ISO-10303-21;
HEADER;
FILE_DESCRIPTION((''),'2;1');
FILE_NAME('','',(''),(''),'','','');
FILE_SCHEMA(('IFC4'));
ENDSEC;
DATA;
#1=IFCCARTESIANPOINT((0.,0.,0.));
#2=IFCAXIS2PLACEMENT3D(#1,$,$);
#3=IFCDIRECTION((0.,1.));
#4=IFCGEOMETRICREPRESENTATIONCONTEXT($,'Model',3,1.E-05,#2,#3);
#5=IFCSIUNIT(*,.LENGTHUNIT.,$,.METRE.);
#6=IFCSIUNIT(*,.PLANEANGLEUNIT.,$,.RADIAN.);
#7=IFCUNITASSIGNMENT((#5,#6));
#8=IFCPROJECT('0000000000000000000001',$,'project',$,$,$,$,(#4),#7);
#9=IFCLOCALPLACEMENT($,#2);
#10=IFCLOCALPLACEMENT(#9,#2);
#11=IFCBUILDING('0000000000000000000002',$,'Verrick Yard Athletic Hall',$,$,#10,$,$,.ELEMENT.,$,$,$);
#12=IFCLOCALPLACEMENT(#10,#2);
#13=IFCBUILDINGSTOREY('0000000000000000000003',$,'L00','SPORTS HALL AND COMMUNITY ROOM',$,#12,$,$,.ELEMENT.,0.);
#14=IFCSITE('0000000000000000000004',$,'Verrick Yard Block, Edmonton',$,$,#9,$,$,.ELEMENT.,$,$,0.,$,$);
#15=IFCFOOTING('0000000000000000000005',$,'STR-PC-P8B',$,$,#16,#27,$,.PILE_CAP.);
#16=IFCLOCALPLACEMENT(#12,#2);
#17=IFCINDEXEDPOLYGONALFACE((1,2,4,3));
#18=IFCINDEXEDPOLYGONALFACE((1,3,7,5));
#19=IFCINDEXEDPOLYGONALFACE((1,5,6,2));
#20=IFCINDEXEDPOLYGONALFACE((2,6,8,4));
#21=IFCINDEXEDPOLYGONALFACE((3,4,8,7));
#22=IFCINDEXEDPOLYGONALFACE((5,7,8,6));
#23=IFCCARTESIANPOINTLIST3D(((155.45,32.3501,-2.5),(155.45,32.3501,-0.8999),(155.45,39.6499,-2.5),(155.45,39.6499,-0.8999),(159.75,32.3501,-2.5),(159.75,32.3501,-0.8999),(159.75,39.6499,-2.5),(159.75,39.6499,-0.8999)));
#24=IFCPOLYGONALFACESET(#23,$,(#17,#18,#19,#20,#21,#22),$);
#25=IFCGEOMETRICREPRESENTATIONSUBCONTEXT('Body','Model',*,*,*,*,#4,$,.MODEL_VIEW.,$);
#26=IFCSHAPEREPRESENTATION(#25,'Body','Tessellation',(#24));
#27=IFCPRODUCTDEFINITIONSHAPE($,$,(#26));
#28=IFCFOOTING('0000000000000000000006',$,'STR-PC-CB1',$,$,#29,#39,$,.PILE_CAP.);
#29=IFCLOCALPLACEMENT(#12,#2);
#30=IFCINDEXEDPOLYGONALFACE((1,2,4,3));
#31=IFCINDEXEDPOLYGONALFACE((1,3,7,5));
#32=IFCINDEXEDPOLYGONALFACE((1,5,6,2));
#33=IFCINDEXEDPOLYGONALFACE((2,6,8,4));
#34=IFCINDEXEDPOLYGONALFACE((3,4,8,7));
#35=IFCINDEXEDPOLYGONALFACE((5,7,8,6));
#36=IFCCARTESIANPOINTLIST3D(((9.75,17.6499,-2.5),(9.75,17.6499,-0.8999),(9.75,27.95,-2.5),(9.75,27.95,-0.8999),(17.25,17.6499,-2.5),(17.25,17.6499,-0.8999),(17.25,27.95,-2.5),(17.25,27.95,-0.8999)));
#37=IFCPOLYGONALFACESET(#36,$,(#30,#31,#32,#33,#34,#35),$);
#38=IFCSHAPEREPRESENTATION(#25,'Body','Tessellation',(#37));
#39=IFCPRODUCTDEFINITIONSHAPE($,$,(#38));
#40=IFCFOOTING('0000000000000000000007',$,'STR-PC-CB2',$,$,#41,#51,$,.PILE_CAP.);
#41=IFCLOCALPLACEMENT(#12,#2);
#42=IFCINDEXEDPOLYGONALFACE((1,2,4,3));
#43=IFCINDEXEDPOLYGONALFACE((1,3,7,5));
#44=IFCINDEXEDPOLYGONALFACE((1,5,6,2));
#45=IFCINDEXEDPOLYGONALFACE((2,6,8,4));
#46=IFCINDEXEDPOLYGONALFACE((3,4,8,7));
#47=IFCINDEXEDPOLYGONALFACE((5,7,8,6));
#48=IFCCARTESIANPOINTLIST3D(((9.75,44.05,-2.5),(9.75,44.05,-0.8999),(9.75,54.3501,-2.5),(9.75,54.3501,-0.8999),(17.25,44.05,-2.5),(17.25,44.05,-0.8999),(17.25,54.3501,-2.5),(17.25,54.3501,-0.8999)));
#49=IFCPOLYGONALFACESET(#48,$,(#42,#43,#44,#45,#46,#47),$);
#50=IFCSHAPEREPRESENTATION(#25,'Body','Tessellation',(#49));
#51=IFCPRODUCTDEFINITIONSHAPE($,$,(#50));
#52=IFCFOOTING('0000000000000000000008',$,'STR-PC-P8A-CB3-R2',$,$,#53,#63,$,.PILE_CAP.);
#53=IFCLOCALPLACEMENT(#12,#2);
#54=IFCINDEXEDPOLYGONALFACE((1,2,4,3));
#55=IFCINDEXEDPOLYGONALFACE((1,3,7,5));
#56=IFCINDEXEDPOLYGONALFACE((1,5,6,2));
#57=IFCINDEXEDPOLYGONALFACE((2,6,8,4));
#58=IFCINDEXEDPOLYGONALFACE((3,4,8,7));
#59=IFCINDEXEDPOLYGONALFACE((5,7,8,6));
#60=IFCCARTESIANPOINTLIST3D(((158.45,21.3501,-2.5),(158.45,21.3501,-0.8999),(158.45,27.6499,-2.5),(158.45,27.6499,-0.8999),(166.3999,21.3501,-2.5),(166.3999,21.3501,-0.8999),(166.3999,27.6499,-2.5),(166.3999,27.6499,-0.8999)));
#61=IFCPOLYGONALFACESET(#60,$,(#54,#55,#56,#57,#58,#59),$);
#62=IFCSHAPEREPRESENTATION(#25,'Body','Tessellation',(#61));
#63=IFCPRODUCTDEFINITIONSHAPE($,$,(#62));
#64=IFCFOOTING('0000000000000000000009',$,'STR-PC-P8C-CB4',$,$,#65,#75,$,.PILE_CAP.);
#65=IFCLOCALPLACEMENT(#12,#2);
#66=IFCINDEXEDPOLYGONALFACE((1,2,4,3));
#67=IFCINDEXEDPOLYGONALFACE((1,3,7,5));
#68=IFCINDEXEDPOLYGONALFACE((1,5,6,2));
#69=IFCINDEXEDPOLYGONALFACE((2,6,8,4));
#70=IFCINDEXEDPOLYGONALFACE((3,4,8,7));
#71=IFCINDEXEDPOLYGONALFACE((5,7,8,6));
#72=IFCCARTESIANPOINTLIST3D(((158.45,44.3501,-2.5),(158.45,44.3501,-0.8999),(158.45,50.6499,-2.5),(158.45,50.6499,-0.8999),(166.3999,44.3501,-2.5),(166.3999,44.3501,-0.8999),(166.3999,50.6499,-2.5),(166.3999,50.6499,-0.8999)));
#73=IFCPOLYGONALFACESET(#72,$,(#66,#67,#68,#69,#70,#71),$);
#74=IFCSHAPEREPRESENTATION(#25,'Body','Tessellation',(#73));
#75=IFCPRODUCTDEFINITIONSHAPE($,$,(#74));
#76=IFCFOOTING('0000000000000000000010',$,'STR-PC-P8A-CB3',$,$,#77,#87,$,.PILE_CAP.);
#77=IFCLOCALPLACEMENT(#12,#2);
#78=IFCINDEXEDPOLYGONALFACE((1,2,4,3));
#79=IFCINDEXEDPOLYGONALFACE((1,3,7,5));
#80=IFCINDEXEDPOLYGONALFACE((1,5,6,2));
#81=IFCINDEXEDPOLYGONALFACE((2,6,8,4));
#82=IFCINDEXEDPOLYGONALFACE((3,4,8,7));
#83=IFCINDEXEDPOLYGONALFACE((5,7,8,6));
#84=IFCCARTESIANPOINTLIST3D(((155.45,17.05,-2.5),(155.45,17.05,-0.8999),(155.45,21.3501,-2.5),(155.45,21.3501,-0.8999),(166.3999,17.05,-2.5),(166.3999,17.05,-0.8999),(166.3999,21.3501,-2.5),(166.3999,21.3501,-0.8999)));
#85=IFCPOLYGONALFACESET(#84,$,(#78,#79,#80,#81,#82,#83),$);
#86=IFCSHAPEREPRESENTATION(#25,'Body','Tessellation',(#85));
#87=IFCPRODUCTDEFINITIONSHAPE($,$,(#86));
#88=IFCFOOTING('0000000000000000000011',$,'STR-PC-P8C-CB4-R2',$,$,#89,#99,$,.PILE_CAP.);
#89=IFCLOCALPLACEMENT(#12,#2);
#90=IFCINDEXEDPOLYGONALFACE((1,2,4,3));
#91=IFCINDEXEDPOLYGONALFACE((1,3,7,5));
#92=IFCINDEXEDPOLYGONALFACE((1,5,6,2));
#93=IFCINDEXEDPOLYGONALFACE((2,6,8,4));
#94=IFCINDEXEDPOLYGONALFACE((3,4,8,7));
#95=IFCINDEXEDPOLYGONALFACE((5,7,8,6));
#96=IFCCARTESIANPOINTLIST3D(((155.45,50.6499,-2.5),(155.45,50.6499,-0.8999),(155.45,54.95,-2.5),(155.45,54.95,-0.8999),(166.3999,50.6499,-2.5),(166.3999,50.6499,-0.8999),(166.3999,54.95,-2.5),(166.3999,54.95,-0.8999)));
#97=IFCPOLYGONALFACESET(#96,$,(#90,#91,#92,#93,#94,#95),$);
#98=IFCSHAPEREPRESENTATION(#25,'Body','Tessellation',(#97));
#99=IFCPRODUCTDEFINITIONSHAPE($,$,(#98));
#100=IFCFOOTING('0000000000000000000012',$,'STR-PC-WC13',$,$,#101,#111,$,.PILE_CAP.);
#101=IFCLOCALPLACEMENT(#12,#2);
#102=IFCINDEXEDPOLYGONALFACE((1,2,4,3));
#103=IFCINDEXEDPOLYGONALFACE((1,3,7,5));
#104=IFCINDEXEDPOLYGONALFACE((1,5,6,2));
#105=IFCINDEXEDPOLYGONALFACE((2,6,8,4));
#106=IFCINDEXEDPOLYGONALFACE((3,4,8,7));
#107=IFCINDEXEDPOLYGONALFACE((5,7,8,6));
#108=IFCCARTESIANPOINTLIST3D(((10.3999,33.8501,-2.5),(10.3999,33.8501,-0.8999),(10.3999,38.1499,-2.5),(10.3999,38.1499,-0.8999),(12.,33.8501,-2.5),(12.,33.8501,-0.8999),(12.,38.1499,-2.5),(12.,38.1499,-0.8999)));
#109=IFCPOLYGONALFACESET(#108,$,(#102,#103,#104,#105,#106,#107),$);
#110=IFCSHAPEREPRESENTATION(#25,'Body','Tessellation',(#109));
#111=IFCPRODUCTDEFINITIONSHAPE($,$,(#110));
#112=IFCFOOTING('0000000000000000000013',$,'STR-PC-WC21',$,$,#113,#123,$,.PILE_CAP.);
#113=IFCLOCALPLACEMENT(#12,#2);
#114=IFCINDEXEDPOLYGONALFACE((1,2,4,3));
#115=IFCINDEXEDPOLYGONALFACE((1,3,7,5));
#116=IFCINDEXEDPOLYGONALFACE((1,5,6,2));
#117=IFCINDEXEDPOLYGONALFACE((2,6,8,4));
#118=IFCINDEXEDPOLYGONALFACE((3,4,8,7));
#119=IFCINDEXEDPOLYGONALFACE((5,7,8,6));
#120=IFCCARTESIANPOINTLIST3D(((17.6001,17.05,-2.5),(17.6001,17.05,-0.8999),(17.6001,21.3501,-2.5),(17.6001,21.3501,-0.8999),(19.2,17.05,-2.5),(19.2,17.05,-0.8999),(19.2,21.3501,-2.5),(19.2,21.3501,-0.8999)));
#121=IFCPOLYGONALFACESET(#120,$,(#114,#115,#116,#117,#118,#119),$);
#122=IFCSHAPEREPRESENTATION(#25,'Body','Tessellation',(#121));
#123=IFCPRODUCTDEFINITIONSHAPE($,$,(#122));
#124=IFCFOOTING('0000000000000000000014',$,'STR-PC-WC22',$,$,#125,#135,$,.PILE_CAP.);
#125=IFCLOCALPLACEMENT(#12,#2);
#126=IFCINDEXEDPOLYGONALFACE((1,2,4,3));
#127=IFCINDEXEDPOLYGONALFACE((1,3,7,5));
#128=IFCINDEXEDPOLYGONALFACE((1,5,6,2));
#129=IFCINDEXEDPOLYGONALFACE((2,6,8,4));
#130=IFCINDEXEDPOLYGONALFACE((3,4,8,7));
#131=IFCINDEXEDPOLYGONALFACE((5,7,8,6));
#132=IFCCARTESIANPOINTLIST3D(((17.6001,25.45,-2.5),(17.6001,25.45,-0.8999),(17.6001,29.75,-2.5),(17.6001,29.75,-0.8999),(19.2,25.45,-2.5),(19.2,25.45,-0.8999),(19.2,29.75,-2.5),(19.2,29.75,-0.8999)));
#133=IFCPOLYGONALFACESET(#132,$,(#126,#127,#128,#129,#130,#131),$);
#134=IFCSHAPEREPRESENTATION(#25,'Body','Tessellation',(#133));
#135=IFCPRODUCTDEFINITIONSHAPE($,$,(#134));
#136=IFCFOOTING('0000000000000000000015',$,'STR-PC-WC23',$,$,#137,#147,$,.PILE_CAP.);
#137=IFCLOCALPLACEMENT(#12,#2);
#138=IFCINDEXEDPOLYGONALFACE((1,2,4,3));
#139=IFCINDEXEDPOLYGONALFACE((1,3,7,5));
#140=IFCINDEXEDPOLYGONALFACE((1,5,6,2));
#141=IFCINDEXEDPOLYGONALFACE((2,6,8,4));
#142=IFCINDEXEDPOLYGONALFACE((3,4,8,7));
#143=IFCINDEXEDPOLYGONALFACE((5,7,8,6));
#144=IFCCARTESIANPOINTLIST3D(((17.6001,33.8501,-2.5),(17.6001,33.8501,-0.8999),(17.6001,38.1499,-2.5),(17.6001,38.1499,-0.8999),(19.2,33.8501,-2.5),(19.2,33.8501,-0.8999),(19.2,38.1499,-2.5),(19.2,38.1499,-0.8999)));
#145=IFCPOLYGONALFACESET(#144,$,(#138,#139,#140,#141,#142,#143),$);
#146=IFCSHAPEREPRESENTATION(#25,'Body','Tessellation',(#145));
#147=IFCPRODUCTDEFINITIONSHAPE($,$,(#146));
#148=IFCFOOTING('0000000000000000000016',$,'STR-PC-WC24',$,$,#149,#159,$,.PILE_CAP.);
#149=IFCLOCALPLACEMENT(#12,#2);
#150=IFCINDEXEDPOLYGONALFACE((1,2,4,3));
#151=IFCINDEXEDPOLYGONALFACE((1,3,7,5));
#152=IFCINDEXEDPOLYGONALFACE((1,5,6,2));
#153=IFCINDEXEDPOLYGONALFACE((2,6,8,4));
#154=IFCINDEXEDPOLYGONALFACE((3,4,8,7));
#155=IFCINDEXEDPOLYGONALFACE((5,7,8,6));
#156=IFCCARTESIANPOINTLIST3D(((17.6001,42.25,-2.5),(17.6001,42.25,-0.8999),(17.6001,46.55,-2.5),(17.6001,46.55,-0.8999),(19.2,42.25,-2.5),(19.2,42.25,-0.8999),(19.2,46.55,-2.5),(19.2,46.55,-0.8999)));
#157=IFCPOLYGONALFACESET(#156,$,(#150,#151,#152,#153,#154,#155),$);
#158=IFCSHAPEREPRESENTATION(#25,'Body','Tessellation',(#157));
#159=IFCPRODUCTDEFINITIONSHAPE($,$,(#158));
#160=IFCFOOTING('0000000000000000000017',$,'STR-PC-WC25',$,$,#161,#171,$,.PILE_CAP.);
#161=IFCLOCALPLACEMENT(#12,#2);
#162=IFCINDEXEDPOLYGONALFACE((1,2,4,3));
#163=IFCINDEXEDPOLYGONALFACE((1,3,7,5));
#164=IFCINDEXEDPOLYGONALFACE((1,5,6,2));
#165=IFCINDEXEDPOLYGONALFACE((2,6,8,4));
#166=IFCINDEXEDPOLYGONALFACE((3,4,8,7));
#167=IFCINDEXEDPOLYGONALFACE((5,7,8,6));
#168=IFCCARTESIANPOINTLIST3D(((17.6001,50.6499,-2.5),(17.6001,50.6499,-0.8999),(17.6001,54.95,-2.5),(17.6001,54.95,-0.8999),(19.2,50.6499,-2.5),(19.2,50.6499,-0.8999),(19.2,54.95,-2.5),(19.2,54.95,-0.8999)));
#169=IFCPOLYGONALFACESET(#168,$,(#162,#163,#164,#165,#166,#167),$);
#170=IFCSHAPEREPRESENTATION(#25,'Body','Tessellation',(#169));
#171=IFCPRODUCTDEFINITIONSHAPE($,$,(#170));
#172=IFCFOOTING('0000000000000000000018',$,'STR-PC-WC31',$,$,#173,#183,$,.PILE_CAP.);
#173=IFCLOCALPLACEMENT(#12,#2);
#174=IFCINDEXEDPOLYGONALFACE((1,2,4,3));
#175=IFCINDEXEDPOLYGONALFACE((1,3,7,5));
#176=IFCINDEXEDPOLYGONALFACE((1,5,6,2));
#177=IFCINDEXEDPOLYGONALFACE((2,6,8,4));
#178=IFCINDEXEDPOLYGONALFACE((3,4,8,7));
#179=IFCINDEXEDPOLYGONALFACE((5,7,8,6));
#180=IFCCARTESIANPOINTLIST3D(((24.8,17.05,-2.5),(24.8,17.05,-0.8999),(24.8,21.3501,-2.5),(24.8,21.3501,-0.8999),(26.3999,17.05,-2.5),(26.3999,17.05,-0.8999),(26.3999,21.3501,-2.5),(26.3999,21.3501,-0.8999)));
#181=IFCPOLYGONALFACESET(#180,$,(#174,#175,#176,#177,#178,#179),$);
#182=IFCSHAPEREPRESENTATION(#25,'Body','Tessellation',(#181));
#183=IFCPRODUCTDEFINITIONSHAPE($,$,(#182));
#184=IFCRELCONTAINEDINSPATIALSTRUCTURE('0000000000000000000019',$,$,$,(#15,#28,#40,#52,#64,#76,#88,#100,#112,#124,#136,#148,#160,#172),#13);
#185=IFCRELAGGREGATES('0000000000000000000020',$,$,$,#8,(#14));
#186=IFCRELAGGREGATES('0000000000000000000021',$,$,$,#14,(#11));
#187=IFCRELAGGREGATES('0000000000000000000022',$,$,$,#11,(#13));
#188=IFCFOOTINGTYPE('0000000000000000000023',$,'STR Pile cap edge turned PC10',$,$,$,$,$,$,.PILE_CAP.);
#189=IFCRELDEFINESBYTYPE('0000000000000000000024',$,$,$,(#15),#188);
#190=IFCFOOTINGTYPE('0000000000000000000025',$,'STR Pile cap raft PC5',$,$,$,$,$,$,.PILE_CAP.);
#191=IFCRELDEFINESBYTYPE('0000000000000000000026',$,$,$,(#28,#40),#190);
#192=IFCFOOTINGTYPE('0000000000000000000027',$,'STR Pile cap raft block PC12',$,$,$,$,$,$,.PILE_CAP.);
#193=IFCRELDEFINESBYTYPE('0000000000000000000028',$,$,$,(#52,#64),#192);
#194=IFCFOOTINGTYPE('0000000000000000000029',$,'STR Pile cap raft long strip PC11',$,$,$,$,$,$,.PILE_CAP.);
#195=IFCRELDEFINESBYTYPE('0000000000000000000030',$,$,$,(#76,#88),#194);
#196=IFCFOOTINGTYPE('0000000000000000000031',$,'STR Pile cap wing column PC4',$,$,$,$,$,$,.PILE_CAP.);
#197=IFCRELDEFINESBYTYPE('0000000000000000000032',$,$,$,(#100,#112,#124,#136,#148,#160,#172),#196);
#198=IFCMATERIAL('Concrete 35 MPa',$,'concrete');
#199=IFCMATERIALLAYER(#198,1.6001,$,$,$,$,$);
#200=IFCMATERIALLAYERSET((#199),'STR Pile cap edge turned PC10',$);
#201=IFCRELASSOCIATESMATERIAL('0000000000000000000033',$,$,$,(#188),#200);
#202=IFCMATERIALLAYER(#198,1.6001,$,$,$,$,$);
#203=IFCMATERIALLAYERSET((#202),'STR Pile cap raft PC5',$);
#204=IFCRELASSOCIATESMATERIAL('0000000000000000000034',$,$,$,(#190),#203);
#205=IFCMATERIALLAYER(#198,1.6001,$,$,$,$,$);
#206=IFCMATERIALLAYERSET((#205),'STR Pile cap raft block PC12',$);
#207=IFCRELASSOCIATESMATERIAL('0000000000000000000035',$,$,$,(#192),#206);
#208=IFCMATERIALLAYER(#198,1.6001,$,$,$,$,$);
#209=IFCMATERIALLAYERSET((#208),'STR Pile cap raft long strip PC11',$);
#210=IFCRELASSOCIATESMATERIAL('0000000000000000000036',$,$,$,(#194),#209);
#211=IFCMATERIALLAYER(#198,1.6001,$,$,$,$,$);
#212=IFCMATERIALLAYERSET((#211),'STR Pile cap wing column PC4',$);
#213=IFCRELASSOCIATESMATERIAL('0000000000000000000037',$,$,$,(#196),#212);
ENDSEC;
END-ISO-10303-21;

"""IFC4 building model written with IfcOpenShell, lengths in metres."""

from ifc_helpers import new_model, si_unit, direction, frame, origin, place, context, subcontext, project, spatial, polyline, outline, extrude, material, layer, layer_set, type_object, element, save


model = new_model("IFC4")

# Units and contexts
model_context = context("Model", 3, precision=1e-05, world=origin(), true_north=direction((0.0, 1.0)))
body_context = subcontext(model_context, "Body", "Model", "MODEL_VIEW")
ifc_project = project(units=[si_unit("LENGTHUNIT", "METRE"), si_unit("PLANEANGLEUNIT", "RADIAN")], contexts=[model_context])

# Site, building, storey
site_placement = place(None, origin())
site = spatial("IfcSite", under=ifc_project, at=site_placement, Name="Verrick Yard Block, Edmonton", CompositionType="ELEMENT", RefElevation=0.0)
building_placement = place(site_placement, origin())
building = spatial("IfcBuilding", under=site, at=building_placement, Name="Verrick Yard Athletic Hall", CompositionType="ELEMENT")
storey_placement = place(building_placement, origin())
storey = spatial("IfcBuildingStorey", under=building, at=storey_placement, Name="L00", Description="SPORTS HALL AND COMMUNITY ROOM", CompositionType="ELEMENT", Elevation=0.0)

# Footings
ifc_material = material(Name="Concrete 35 MPa", Category="concrete")
ifc_layer_1 = layer(ifc_material, 1.6001)
ifc_layer_set_1 = layer_set([ifc_layer_1], Name="STR Pile cap edge turned PC10")
footing_type_1 = type_object("IfcFootingType", Name="STR Pile cap edge turned PC10", PredefinedType="PILE_CAP", material=ifc_layer_set_1)
footing_1_placement = place(storey_placement, frame((0.0, 0.0, -2.5)))
element("IfcFooting", 1, at=footing_1_placement, inside=storey, type_object=footing_type_1, Name="STR-PC-P8B", PredefinedType="PILE_CAP", context=body_context, shape_type="SweptSolid", body=[
    extrude(outline(polyline([(155.45, 32.3501), (159.75, 32.3501), (159.75, 39.6499), (155.45, 39.6499), (155.45, 32.3501)])), origin(), (0.0, 0.0, 1.0), 1.6001),
])
ifc_layer_2 = layer(ifc_material, 1.6001)
ifc_layer_set_2 = layer_set([ifc_layer_2], Name="STR Pile cap raft PC5")
footing_type_2 = type_object("IfcFootingType", Name="STR Pile cap raft PC5", PredefinedType="PILE_CAP", material=ifc_layer_set_2)
footing_2_placement = place(storey_placement, frame((0.0, 0.0, -2.5)))
element("IfcFooting", 2, at=footing_2_placement, inside=storey, type_object=footing_type_2, Name="STR-PC-CB1", PredefinedType="PILE_CAP", context=body_context, shape_type="SweptSolid", body=[
    extrude(outline(polyline([(9.75, 17.6499), (17.25, 17.6499), (17.25, 27.95), (9.75, 27.95), (9.75, 17.6499)])), origin(), (0.0, 0.0, 1.0), 1.6001),
])
footing_3_placement = place(storey_placement, frame((0.0, 0.0, -2.5)))
element("IfcFooting", 3, at=footing_3_placement, inside=storey, type_object=footing_type_2, Name="STR-PC-CB2", PredefinedType="PILE_CAP", context=body_context, shape_type="SweptSolid", body=[
    extrude(outline(polyline([(9.75, 44.05), (17.25, 44.05), (17.25, 54.3501), (9.75, 54.3501), (9.75, 44.05)])), origin(), (0.0, 0.0, 1.0), 1.6001),
])
ifc_layer_3 = layer(ifc_material, 1.6001)
ifc_layer_set_3 = layer_set([ifc_layer_3], Name="STR Pile cap raft block PC12")
footing_type_3 = type_object("IfcFootingType", Name="STR Pile cap raft block PC12", PredefinedType="PILE_CAP", material=ifc_layer_set_3)
footing_4_placement = place(storey_placement, frame((0.0, 0.0, -2.5)))
element("IfcFooting", 4, at=footing_4_placement, inside=storey, type_object=footing_type_3, Name="STR-PC-P8A-CB3-R2", PredefinedType="PILE_CAP", context=body_context, shape_type="SweptSolid", body=[
    extrude(outline(polyline([(158.45, 21.3501), (166.3999, 21.3501), (166.3999, 27.6499), (158.45, 27.6499), (158.45, 21.3501)])), origin(), (0.0, 0.0, 1.0), 1.6001),
])
footing_5_placement = place(storey_placement, frame((0.0, 0.0, -2.5)))
element("IfcFooting", 5, at=footing_5_placement, inside=storey, type_object=footing_type_3, Name="STR-PC-P8C-CB4", PredefinedType="PILE_CAP", context=body_context, shape_type="SweptSolid", body=[
    extrude(outline(polyline([(158.45, 44.3501), (166.3999, 44.3501), (166.3999, 50.6499), (158.45, 50.6499), (158.45, 44.3501)])), origin(), (0.0, 0.0, 1.0), 1.6001),
])
ifc_layer_4 = layer(ifc_material, 1.6001)
ifc_layer_set_4 = layer_set([ifc_layer_4], Name="STR Pile cap raft long strip PC11")
footing_type_4 = type_object("IfcFootingType", Name="STR Pile cap raft long strip PC11", PredefinedType="PILE_CAP", material=ifc_layer_set_4)
footing_6_placement = place(storey_placement, frame((0.0, 0.0, -2.5)))
element("IfcFooting", 6, at=footing_6_placement, inside=storey, type_object=footing_type_4, Name="STR-PC-P8A-CB3", PredefinedType="PILE_CAP", context=body_context, shape_type="SweptSolid", body=[
    extrude(outline(polyline([(155.45, 17.05), (166.3999, 17.05), (166.3999, 21.3501), (155.45, 21.3501), (155.45, 17.05)])), origin(), (0.0, 0.0, 1.0), 1.6001),
])
footing_7_placement = place(storey_placement, frame((0.0, 0.0, -2.5)))
element("IfcFooting", 7, at=footing_7_placement, inside=storey, type_object=footing_type_4, Name="STR-PC-P8C-CB4-R2", PredefinedType="PILE_CAP", context=body_context, shape_type="SweptSolid", body=[
    extrude(outline(polyline([(155.45, 50.6499), (166.3999, 50.6499), (166.3999, 54.95), (155.45, 54.95), (155.45, 50.6499)])), origin(), (0.0, 0.0, 1.0), 1.6001),
])
ifc_layer_5 = layer(ifc_material, 1.6001)
ifc_layer_set_5 = layer_set([ifc_layer_5], Name="STR Pile cap wing column PC4")
footing_type_5 = type_object("IfcFootingType", Name="STR Pile cap wing column PC4", PredefinedType="PILE_CAP", material=ifc_layer_set_5)
footing_8_placement = place(storey_placement, frame((0.0, 0.0, -2.5)))
element("IfcFooting", 8, at=footing_8_placement, inside=storey, type_object=footing_type_5, Name="STR-PC-WC13", PredefinedType="PILE_CAP", context=body_context, shape_type="SweptSolid", body=[
    extrude(outline(polyline([(10.3999, 33.8501), (12.0, 33.8501), (12.0, 38.1499), (10.3999, 38.1499), (10.3999, 33.8501)])), origin(), (0.0, 0.0, 1.0), 1.6001),
])
footing_9_placement = place(storey_placement, frame((0.0, 0.0, -2.5)))
element("IfcFooting", 9, at=footing_9_placement, inside=storey, type_object=footing_type_5, Name="STR-PC-WC21", PredefinedType="PILE_CAP", context=body_context, shape_type="SweptSolid", body=[
    extrude(outline(polyline([(17.6001, 17.05), (19.2, 17.05), (19.2, 21.3501), (17.6001, 21.3501), (17.6001, 17.05)])), origin(), (0.0, 0.0, 1.0), 1.6001),
])
footing_10_placement = place(storey_placement, frame((0.0, 0.0, -2.5)))
element("IfcFooting", 10, at=footing_10_placement, inside=storey, type_object=footing_type_5, Name="STR-PC-WC22", PredefinedType="PILE_CAP", context=body_context, shape_type="SweptSolid", body=[
    extrude(outline(polyline([(17.6001, 25.45), (19.2, 25.45), (19.2, 29.75), (17.6001, 29.75), (17.6001, 25.45)])), origin(), (0.0, 0.0, 1.0), 1.6001),
])
footing_11_placement = place(storey_placement, frame((0.0, 0.0, -2.5)))
element("IfcFooting", 11, at=footing_11_placement, inside=storey, type_object=footing_type_5, Name="STR-PC-WC23", PredefinedType="PILE_CAP", context=body_context, shape_type="SweptSolid", body=[
    extrude(outline(polyline([(17.6001, 33.8501), (19.2, 33.8501), (19.2, 38.1499), (17.6001, 38.1499), (17.6001, 33.8501)])), origin(), (0.0, 0.0, 1.0), 1.6001),
])
footing_12_placement = place(storey_placement, frame((0.0, 0.0, -2.5)))
element("IfcFooting", 12, at=footing_12_placement, inside=storey, type_object=footing_type_5, Name="STR-PC-WC24", PredefinedType="PILE_CAP", context=body_context, shape_type="SweptSolid", body=[
    extrude(outline(polyline([(17.6001, 42.25), (19.2, 42.25), (19.2, 46.55), (17.6001, 46.55), (17.6001, 42.25)])), origin(), (0.0, 0.0, 1.0), 1.6001),
])
footing_13_placement = place(storey_placement, frame((0.0, 0.0, -2.5)))
element("IfcFooting", 13, at=footing_13_placement, inside=storey, type_object=footing_type_5, Name="STR-PC-WC25", PredefinedType="PILE_CAP", context=body_context, shape_type="SweptSolid", body=[
    extrude(outline(polyline([(17.6001, 50.6499), (19.2, 50.6499), (19.2, 54.95), (17.6001, 54.95), (17.6001, 50.6499)])), origin(), (0.0, 0.0, 1.0), 1.6001),
])
footing_14_placement = place(storey_placement, frame((0.0, 0.0, -2.5)))
element("IfcFooting", 14, at=footing_14_placement, inside=storey, type_object=footing_type_5, Name="STR-PC-WC31", PredefinedType="PILE_CAP", context=body_context, shape_type="SweptSolid", body=[
    extrude(outline(polyline([(24.8, 17.05), (26.3999, 17.05), (26.3999, 21.3501), (24.8, 21.3501), (24.8, 17.05)])), origin(), (0.0, 0.0, 1.0), 1.6001),
])

save(model, "model.ifc")
